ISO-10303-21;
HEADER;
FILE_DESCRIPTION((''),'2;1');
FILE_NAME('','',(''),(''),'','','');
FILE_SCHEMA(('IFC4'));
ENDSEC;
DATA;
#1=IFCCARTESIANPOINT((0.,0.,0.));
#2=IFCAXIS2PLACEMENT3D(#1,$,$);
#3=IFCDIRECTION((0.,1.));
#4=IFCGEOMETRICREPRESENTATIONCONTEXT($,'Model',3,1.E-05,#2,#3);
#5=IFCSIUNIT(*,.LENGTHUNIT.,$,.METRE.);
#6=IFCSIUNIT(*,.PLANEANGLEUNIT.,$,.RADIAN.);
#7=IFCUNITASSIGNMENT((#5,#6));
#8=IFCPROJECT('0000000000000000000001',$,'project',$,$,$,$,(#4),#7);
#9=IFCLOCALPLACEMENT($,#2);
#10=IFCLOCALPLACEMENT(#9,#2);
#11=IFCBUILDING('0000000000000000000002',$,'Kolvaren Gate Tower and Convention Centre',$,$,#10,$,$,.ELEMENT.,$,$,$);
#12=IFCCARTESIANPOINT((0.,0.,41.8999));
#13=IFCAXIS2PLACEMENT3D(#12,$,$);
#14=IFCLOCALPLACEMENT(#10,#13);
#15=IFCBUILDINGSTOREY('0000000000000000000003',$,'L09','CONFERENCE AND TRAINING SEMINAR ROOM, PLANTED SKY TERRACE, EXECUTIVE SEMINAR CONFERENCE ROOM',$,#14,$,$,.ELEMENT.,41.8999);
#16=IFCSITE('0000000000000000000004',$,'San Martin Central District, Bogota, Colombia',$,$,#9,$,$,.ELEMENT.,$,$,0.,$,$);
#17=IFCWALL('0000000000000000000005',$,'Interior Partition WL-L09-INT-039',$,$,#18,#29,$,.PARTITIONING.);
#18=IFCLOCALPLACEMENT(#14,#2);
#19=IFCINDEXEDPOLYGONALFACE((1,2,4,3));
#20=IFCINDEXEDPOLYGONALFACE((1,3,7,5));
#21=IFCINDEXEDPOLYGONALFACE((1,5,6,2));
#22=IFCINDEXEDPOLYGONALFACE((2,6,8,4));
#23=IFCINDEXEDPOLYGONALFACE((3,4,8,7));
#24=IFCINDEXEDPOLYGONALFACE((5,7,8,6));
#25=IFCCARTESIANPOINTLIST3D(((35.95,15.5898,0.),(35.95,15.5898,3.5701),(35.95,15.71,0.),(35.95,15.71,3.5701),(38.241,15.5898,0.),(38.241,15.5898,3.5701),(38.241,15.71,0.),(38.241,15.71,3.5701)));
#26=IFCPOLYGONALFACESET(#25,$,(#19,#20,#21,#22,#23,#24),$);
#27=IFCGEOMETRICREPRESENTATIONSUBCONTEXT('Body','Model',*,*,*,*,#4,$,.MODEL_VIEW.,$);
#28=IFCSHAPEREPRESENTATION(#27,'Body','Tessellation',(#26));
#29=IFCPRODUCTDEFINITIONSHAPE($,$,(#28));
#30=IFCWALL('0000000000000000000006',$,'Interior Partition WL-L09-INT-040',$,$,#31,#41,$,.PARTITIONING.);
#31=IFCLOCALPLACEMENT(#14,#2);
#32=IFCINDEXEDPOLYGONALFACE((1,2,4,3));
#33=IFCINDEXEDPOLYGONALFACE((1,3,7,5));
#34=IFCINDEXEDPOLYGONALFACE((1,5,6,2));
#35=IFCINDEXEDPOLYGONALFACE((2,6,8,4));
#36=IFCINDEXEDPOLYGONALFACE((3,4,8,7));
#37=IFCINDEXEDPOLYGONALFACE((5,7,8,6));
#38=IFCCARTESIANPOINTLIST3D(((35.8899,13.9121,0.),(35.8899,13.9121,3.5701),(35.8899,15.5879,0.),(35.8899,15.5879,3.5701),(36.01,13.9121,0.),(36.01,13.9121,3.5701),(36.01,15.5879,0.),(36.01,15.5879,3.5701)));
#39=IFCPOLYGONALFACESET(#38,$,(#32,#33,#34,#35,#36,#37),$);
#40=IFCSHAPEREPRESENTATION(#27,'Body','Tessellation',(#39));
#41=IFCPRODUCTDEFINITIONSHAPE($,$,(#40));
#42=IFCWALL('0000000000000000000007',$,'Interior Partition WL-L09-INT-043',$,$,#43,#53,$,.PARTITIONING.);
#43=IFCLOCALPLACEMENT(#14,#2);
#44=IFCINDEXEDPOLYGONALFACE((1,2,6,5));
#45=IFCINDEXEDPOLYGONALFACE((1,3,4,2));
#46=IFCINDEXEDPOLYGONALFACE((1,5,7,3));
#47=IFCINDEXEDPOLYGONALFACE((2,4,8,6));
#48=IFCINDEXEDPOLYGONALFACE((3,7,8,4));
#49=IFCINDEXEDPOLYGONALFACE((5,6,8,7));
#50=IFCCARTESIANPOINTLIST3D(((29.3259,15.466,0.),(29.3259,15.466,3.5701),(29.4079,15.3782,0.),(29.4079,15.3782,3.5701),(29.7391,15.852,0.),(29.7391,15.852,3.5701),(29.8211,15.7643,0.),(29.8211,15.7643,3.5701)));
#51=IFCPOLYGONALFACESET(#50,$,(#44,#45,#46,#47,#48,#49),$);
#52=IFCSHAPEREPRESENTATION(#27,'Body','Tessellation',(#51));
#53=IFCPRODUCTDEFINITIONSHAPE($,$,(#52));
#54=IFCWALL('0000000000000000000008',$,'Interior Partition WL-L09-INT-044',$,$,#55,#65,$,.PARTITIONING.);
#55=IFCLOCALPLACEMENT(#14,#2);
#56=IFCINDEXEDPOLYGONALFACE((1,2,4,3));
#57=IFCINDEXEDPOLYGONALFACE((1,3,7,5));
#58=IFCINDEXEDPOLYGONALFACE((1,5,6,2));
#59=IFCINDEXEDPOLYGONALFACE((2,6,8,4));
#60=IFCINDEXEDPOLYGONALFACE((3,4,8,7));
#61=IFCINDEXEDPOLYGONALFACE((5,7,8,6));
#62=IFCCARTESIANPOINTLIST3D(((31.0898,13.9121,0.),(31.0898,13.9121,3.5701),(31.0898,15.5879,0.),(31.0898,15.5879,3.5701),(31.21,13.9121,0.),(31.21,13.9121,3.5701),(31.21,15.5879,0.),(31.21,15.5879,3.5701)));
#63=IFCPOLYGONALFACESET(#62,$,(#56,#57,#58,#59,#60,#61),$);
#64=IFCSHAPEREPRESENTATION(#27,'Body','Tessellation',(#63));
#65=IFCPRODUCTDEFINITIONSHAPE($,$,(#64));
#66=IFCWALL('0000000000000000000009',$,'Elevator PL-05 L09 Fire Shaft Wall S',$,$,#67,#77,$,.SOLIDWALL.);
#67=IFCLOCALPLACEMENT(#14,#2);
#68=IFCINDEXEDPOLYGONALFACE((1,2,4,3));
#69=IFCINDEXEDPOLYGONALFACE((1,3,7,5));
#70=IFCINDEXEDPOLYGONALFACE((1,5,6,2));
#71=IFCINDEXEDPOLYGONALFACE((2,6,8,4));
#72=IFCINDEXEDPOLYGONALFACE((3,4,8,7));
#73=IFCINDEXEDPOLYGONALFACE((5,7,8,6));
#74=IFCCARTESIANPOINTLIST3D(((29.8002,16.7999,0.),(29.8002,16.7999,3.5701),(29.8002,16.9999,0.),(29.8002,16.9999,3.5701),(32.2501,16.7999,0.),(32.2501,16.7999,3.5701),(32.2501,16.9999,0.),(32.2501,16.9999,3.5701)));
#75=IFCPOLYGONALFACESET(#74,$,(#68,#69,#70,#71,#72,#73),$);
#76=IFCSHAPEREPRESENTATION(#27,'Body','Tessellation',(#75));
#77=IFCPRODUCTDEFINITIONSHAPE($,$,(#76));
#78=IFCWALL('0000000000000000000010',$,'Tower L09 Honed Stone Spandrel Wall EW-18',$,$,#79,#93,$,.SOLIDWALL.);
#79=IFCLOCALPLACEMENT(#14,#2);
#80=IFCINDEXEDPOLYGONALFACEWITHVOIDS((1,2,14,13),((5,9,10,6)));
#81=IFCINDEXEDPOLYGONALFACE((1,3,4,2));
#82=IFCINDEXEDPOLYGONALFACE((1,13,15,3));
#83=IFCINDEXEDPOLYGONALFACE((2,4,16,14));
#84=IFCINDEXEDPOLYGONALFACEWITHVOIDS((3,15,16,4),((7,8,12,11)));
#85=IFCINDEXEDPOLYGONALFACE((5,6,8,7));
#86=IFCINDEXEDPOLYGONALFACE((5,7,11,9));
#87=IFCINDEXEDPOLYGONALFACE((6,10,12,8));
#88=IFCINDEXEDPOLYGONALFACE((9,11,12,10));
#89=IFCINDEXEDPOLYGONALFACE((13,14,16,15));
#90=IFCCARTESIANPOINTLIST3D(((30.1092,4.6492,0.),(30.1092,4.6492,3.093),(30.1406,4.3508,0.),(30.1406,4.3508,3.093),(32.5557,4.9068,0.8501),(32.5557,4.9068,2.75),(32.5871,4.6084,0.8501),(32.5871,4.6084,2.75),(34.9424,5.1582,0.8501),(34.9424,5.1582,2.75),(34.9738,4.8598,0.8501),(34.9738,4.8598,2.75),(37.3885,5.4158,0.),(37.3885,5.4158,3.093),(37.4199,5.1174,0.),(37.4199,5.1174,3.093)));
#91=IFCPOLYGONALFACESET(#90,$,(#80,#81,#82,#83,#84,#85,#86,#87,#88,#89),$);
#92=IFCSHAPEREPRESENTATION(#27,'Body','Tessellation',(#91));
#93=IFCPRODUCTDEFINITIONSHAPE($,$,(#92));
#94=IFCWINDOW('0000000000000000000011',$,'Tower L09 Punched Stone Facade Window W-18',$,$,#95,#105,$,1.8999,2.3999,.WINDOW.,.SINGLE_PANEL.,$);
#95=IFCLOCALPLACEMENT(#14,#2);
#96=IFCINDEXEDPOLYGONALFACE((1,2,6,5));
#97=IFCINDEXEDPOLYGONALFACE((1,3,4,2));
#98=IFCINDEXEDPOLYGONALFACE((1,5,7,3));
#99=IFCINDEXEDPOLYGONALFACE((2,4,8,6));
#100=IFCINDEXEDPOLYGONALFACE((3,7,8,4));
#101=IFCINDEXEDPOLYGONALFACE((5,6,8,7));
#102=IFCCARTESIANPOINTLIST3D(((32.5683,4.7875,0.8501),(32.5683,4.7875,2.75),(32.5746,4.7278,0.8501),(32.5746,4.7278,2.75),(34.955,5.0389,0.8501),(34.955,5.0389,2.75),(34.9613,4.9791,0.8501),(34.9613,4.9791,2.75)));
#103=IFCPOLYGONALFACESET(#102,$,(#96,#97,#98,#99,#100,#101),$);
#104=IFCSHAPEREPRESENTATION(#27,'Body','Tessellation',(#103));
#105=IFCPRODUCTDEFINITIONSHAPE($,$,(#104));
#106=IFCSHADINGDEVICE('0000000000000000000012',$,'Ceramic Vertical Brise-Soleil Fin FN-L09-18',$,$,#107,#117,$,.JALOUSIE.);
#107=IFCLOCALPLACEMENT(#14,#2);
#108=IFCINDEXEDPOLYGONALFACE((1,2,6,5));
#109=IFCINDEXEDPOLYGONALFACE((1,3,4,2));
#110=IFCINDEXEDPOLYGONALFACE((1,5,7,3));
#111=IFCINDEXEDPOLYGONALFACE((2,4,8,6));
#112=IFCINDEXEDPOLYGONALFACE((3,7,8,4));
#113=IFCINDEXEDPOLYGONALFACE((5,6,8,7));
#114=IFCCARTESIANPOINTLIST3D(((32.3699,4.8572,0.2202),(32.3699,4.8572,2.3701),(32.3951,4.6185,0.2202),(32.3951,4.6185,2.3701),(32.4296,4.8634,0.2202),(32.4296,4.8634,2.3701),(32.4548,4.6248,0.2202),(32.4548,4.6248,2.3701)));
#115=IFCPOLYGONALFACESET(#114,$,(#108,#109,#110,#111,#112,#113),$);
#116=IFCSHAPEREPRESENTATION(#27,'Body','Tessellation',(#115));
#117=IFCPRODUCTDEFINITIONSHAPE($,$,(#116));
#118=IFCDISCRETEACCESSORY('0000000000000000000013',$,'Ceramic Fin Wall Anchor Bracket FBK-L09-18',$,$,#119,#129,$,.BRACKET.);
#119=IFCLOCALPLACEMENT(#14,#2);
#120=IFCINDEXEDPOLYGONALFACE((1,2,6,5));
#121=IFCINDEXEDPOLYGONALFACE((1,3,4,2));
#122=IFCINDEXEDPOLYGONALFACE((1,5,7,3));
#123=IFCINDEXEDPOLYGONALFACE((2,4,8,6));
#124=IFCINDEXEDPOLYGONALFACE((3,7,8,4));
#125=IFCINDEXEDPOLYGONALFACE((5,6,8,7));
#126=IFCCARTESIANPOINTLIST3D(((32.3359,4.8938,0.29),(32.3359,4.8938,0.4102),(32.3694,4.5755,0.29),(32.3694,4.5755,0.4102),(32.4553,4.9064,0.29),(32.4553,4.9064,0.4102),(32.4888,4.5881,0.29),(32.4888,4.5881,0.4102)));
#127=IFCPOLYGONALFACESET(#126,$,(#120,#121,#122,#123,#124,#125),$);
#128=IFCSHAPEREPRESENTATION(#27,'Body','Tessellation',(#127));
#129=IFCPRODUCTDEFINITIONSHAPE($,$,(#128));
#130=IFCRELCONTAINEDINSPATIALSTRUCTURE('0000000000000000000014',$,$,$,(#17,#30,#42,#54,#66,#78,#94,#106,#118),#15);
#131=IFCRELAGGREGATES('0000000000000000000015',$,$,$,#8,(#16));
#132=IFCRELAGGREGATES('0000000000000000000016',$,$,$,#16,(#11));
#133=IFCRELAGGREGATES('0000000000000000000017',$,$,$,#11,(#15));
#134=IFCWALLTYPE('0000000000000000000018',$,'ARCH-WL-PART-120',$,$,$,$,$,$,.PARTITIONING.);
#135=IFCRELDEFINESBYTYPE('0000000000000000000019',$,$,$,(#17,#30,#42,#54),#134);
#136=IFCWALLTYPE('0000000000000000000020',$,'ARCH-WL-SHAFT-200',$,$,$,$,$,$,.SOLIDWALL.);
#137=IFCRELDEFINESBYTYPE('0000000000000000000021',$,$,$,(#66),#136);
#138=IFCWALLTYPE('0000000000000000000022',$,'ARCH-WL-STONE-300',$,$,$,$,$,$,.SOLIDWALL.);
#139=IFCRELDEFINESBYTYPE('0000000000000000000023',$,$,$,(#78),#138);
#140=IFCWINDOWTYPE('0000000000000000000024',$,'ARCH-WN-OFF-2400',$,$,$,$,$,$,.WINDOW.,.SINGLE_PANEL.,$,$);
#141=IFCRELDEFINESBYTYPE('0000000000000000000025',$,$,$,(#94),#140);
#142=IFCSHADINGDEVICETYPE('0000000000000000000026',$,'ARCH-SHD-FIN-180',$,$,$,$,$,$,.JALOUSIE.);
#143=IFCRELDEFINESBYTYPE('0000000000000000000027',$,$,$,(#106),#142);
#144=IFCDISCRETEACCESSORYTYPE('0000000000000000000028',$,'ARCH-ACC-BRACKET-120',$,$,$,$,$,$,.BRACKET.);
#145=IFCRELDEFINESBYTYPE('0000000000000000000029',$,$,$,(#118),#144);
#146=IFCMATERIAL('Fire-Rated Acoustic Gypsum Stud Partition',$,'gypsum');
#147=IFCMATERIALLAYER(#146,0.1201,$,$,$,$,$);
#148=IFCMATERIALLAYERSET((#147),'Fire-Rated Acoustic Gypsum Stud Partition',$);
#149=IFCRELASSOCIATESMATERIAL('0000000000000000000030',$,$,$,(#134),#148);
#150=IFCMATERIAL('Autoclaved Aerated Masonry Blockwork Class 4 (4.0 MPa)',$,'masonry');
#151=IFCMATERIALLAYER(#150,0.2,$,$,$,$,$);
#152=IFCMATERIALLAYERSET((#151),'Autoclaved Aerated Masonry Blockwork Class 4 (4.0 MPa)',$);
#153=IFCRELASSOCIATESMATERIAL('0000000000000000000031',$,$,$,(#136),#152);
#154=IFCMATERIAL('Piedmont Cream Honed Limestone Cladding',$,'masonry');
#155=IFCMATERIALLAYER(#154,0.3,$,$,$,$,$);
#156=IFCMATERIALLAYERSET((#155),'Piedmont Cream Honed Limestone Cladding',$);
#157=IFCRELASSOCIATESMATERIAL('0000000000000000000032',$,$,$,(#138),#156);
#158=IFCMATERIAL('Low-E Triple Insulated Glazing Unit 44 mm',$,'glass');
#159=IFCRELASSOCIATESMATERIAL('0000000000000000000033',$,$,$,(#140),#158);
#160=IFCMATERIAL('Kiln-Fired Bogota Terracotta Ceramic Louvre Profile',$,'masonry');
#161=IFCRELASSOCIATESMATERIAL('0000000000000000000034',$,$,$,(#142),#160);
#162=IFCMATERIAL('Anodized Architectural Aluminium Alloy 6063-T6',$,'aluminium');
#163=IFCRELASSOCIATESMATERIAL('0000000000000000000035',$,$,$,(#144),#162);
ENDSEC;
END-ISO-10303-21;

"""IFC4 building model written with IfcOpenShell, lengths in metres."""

from ifc_helpers import new_model, si_unit, direction, frame, frame_2d, origin, origin_2d, place, context, subcontext, project, spatial, rectangle, extrude, material, layer, layer_set, type_object, element, fill, save


model = new_model("IFC4")

# Units and contexts
model_context = context("Model", 3, precision=1e-05, world=origin(), true_north=direction((0.0, 1.0)))
body_context = subcontext(model_context, "Body", "Model", "MODEL_VIEW")
ifc_project = project(units=[si_unit("LENGTHUNIT", "METRE"), si_unit("PLANEANGLEUNIT", "RADIAN")], contexts=[model_context])

# Site, building, storey
site_placement = place(None, origin())
site = spatial("IfcSite", under=ifc_project, at=site_placement, Name="San Martin Central District, Bogota, Colombia", CompositionType="ELEMENT", RefElevation=0.0)
building_placement = place(site_placement, origin())
building = spatial("IfcBuilding", under=site, at=building_placement, Name="Kolvaren Gate Tower and Convention Centre", CompositionType="ELEMENT")
storey_placement = place(building_placement, frame((0.0, 0.0, 41.8999)))
storey = spatial("IfcBuildingStorey", under=building, at=storey_placement, Name="L09", Description="CONFERENCE AND TRAINING SEMINAR ROOM, PLANTED SKY TERRACE, EXECUTIVE SEMINAR CONFERENCE ROOM", CompositionType="ELEMENT", Elevation=41.8999)

# Walls
ifc_material_1 = material(Name="Fire-Rated Acoustic Gypsum Stud Partition", Category="gypsum")
ifc_layer_1 = layer(ifc_material_1, 0.1201)
ifc_layer_set_1 = layer_set([ifc_layer_1], Name="Fire-Rated Acoustic Gypsum Stud Partition")
wall_type_1 = type_object("IfcWallType", Name="ARCH-WL-PART-120", PredefinedType="PARTITIONING", material=ifc_layer_set_1)
wall_1_placement = place(storey_placement, frame((35.95, 15.6499, 0.0), z_axis=(0.0, 0.0, 1.0), x_axis=(1.0, 0.0, 0.0)))
element("IfcWall", 1, at=wall_1_placement, inside=storey, type_object=wall_type_1, Name="Interior Partition WL-L09-INT-039", PredefinedType="PARTITIONING", context=body_context, shape_type="SweptSolid", body=[
    extrude(rectangle(XDim=2.291, YDim=0.1201, at=frame_2d((1.1455, 0.0))), origin(), (0.0, 0.0, 1.0), 3.5701),
])
wall_2_placement = place(storey_placement, frame((35.95, 13.9121, 0.0), z_axis=(0.0, 0.0, 1.0), x_axis=(0.0, 1.0, 0.0)))
element("IfcWall", 2, at=wall_2_placement, inside=storey, type_object=wall_type_1, Name="Interior Partition WL-L09-INT-040", PredefinedType="PARTITIONING", context=body_context, shape_type="SweptSolid", body=[
    extrude(rectangle(XDim=1.6758, YDim=0.1201, at=frame_2d((0.8379, 0.0))), origin(), (0.0, 0.0, 1.0), 3.5701),
])
wall_3_placement = place(storey_placement, frame((29.3669, 15.4221, 0.0), z_axis=(0.0, 0.0, 1.0), x_axis=(0.730667, 0.682734, 0.0)))
element("IfcWall", 3, at=wall_3_placement, inside=storey, type_object=wall_type_1, Name="Interior Partition WL-L09-INT-043", PredefinedType="PARTITIONING", context=body_context, shape_type="SweptSolid", body=[
    extrude(rectangle(XDim=0.5654, YDim=0.1201, at=frame_2d((0.2827, 0.0))), origin(), (0.0, 0.0, 1.0), 3.5701),
])
wall_4_placement = place(storey_placement, frame((31.1499, 13.9121, 0.0), z_axis=(0.0, 0.0, 1.0), x_axis=(0.0, 1.0, 0.0)))
element("IfcWall", 4, at=wall_4_placement, inside=storey, type_object=wall_type_1, Name="Interior Partition WL-L09-INT-044", PredefinedType="PARTITIONING", context=body_context, shape_type="SweptSolid", body=[
    extrude(rectangle(XDim=1.6758, YDim=0.1201, at=frame_2d((0.8379, 0.0))), origin(), (0.0, 0.0, 1.0), 3.5701),
])
ifc_material_2 = material(Name="Autoclaved Aerated Masonry Blockwork Class 4 (4.0 MPa)", Category="masonry")
ifc_layer_2 = layer(ifc_material_2, 0.2)
ifc_layer_set_2 = layer_set([ifc_layer_2], Name="Autoclaved Aerated Masonry Blockwork Class 4 (4.0 MPa)")
wall_type_2 = type_object("IfcWallType", Name="ARCH-WL-SHAFT-200", PredefinedType="SOLIDWALL", material=ifc_layer_set_2)
wall_5_placement = place(storey_placement, frame((29.8, 16.8999, 0.0), z_axis=(0.0, 0.0, 1.0), x_axis=(1.0, 0.0, 0.0)))
element("IfcWall", 5, at=wall_5_placement, inside=storey, type_object=wall_type_2, Name="Elevator PL-05 L09 Fire Shaft Wall S", PredefinedType="SOLIDWALL", context=body_context, shape_type="SweptSolid", body=[
    extrude(rectangle(XDim=2.45, YDim=0.2, at=frame_2d((1.2251, 0.0))), origin(), (0.0, 0.0, 1.0), 3.5701),
])

# Wall, opening, window
ifc_material_3 = material(Name="Piedmont Cream Honed Limestone Cladding", Category="masonry")
ifc_layer_3 = layer(ifc_material_3, 0.3)
ifc_layer_set_3 = layer_set([ifc_layer_3], Name="Piedmont Cream Honed Limestone Cladding")
wall_type_3 = type_object("IfcWallType", Name="ARCH-WL-STONE-300", PredefinedType="SOLIDWALL", material=ifc_layer_set_3)
wall_6_placement = place(storey_placement, frame((30.125, 4.5, 0.0), z_axis=(0.0, 0.0, 1.0), x_axis=(0.9945, 0.104733, 0.0)))
wall_6 = element("IfcWall", 6, at=wall_6_placement, inside=storey, type_object=wall_type_3, Name="Tower L09 Honed Stone Spandrel Wall EW-18", PredefinedType="SOLIDWALL", context=body_context, shape_type="SweptSolid", body=[
    extrude(rectangle(XDim=7.3196, YDim=0.3, at=frame_2d((3.6597, 0.0))), origin(), (0.0, 0.0, 1.0), 3.093),
])
opening_placement = place(wall_6_placement, frame((2.46, 0.0, 0.8501)))
opening = element("IfcOpeningElement", 7, at=opening_placement, cuts=wall_6, PredefinedType="OPENING", context=body_context, shape_type="SweptSolid", body=[
    extrude(rectangle(XDim=2.3999, YDim=1.8999, at=frame_2d((1.2, 0.95))), frame((0.0, 0.1599, 0.0), z_axis=(0.0, -1.0, 0.0), x_axis=(1.0, 0.0, 0.0)), (0.0, 0.0, 1.0), 0.3201),
])
ifc_material_4 = material(Name="Low-E Triple Insulated Glazing Unit 44 mm", Category="glass")
window_type = type_object("IfcWindowType", Name="ARCH-WN-OFF-2400", PartitioningType="SINGLE_PANEL", PredefinedType="WINDOW", material=ifc_material_4)
window_placement = place(opening_placement, origin())
window = element("IfcWindow", 8, at=window_placement, inside=storey, type_object=window_type, Name="Tower L09 Punched Stone Facade Window W-18", OverallHeight=1.8999, OverallWidth=2.3999, PartitioningType="SINGLE_PANEL", PredefinedType="WINDOW", context=body_context, shape_type="SweptSolid", body=[
    extrude(rectangle(XDim=2.3999, YDim=1.8999, at=frame_2d((1.2, 0.95))), frame((0.0, 0.03, 0.0), z_axis=(0.0, -1.0, 0.0), x_axis=(1.0, 0.0, 0.0)), (0.0, 0.0, 1.0), 0.0601),
])
fill(opening, window)

# Shading device
ifc_material_5 = material(Name="Kiln-Fired Bogota Terracotta Ceramic Louvre Profile", Category="masonry")
shading_device_type = type_object("IfcShadingDeviceType", Name="ARCH-SHD-FIN-180", PredefinedType="JALOUSIE", material=ifc_material_5)
shading_device_placement = place(storey_placement, frame((32.4124, 4.741, 0.2202), z_axis=(0.0, 0.0, 1.0), x_axis=(0.994499, 0.104747, 0.0)))
element("IfcShadingDevice", 9, at=shading_device_placement, inside=storey, type_object=shading_device_type, Name="Ceramic Vertical Brise-Soleil Fin FN-L09-18", PredefinedType="JALOUSIE", context=body_context, shape_type="SweptSolid", body=[
    extrude(rectangle(XDim=0.0601, YDim=0.24, at=origin_2d()), origin(), (0.0, 0.0, 1.0), 2.1499),
])

# Discrete accessory
ifc_material_6 = material(Name="Anodized Architectural Aluminium Alloy 6063-T6", Category="aluminium")
discrete_accessory_type = type_object("IfcDiscreteAccessoryType", Name="ARCH-ACC-BRACKET-120", PredefinedType="BRACKET", material=ifc_material_6)
discrete_accessory_placement = place(storey_placement, frame((32.4124, 4.741, 0.29), z_axis=(0.0, 0.0, 1.0), x_axis=(0.994499, 0.104747, 0.0)))
element("IfcDiscreteAccessory", 10, at=discrete_accessory_placement, inside=storey, type_object=discrete_accessory_type, Name="Ceramic Fin Wall Anchor Bracket FBK-L09-18", PredefinedType="BRACKET", context=body_context, shape_type="SweptSolid", body=[
    extrude(rectangle(XDim=0.1201, YDim=0.3201, at=origin_2d()), origin(), (0.0, 0.0, 1.0), 0.1201),
])

save(model, "model.ifc")
